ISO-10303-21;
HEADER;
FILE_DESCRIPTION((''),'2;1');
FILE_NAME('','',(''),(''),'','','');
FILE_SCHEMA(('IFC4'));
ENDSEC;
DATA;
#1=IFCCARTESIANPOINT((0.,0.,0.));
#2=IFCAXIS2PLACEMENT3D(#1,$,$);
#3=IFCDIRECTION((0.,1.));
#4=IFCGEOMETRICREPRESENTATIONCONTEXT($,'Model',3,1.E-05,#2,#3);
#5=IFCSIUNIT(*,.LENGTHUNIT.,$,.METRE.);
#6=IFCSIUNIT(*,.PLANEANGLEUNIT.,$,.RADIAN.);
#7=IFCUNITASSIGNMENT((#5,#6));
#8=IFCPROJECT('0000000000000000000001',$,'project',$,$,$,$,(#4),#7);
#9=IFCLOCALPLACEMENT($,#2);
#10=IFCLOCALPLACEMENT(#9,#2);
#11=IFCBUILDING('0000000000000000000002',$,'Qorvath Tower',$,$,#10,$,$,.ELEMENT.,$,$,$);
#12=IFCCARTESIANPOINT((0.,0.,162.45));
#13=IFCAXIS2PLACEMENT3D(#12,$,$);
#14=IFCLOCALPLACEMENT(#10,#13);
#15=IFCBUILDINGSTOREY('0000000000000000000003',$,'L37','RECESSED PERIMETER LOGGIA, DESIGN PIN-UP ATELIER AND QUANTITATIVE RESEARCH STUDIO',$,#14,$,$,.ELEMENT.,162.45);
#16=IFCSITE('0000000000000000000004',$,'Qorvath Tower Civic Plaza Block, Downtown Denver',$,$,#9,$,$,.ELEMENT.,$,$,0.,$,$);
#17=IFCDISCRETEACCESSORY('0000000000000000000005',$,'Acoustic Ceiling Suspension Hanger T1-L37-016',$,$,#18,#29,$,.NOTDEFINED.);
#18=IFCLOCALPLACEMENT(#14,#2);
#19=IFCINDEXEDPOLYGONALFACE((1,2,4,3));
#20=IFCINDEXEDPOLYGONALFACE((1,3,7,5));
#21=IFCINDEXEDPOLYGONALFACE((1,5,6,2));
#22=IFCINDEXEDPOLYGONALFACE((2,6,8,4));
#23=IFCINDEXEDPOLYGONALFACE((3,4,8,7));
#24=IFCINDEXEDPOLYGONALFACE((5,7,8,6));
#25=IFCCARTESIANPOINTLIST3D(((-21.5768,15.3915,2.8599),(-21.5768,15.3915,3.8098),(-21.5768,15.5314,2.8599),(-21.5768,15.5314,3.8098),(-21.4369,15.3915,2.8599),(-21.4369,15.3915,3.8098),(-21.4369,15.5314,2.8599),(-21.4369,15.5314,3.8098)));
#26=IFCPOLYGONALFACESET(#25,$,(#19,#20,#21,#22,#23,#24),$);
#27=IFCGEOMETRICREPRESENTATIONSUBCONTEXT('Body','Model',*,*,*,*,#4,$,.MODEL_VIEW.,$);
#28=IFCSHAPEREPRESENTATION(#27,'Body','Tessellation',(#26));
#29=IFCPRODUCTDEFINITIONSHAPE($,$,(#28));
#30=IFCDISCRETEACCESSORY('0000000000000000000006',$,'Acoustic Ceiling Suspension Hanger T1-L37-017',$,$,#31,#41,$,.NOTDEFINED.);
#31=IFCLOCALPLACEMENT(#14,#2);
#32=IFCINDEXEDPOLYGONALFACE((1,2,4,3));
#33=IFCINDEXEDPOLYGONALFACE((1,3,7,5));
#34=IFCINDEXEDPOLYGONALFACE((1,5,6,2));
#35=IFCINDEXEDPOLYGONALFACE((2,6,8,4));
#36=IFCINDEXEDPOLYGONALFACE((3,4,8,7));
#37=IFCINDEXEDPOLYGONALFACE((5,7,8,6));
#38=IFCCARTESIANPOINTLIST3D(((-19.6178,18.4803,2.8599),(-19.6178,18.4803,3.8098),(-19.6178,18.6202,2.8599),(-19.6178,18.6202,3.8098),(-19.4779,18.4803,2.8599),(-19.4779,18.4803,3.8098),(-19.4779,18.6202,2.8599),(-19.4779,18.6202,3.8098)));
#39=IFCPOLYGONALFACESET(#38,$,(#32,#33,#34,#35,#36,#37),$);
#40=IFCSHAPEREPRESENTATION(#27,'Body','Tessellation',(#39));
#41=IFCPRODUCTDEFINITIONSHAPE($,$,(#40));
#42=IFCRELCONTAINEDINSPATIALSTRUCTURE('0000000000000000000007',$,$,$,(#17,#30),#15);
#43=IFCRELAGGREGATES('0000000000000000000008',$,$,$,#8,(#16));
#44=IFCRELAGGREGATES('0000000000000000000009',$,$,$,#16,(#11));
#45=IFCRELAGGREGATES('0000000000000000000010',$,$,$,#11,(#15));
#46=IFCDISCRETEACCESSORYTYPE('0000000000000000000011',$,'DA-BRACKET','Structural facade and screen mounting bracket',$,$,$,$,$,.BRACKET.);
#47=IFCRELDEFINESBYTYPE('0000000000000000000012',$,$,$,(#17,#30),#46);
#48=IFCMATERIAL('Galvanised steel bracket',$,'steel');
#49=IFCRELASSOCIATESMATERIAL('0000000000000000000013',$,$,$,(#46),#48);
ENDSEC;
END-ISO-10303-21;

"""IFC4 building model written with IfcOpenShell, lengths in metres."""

from ifc_helpers import new_model, si_unit, direction, frame, origin, origin_2d, place, context, subcontext, project, spatial, rectangle, extrude, material, type_object, element, save


model = new_model("IFC4")

# Units and contexts
model_context = context("Model", 3, precision=1e-05, world=origin(), true_north=direction((0.0, 1.0)))
body_context = subcontext(model_context, "Body", "Model", "MODEL_VIEW")
ifc_project = project(units=[si_unit("LENGTHUNIT", "METRE"), si_unit("PLANEANGLEUNIT", "RADIAN")], contexts=[model_context])

# Site, building, storey
site_placement = place(None, origin())
site = spatial("IfcSite", under=ifc_project, at=site_placement, Name="Qorvath Tower Civic Plaza Block, Downtown Denver", CompositionType="ELEMENT", RefElevation=0.0)
building_placement = place(site_placement, origin())
building = spatial("IfcBuilding", under=site, at=building_placement, Name="Qorvath Tower", CompositionType="ELEMENT")
storey_placement = place(building_placement, frame((0.0, 0.0, 162.45)))
storey = spatial("IfcBuildingStorey", under=building, at=storey_placement, Name="L37", Description="RECESSED PERIMETER LOGGIA, DESIGN PIN-UP ATELIER AND QUANTITATIVE RESEARCH STUDIO", CompositionType="ELEMENT", Elevation=162.45)

# Discrete accessories
ifc_material_1 = material(Name="Galvanised steel bracket", Category="steel")
discrete_accessory_type = type_object("IfcDiscreteAccessoryType", Name="DA-BRACKET", Description="Structural facade and screen mounting bracket", PredefinedType="BRACKET", material=ifc_material_1)
for number, where, z_axis, x_axis, name in (
    (1, (-21.5068, 15.4614, 2.8599), (0.0, 0.0, 1.0), (1.0, 0.0, 0.0), "Acoustic Ceiling Suspension Hanger T1-L37-016"),
    (2, (-19.5479, 18.5503, 2.8599), (0.0, 0.0, 1.0), (1.0, 0.0, 0.0), "Acoustic Ceiling Suspension Hanger T1-L37-017"),
):
    element("IfcDiscreteAccessory", number, at=place(storey_placement, frame(where, z_axis=z_axis, x_axis=x_axis)), inside=storey, type_object=discrete_accessory_type, Name=name, PredefinedType="NOTDEFINED", context=body_context, shape_type="SweptSolid", body=[
        extrude(rectangle(XDim=0.1399, YDim=0.1399, at=origin_2d()), origin(), (0.0, 0.0, 1.0), 0.95),
    ])

save(model, "model.ifc")
